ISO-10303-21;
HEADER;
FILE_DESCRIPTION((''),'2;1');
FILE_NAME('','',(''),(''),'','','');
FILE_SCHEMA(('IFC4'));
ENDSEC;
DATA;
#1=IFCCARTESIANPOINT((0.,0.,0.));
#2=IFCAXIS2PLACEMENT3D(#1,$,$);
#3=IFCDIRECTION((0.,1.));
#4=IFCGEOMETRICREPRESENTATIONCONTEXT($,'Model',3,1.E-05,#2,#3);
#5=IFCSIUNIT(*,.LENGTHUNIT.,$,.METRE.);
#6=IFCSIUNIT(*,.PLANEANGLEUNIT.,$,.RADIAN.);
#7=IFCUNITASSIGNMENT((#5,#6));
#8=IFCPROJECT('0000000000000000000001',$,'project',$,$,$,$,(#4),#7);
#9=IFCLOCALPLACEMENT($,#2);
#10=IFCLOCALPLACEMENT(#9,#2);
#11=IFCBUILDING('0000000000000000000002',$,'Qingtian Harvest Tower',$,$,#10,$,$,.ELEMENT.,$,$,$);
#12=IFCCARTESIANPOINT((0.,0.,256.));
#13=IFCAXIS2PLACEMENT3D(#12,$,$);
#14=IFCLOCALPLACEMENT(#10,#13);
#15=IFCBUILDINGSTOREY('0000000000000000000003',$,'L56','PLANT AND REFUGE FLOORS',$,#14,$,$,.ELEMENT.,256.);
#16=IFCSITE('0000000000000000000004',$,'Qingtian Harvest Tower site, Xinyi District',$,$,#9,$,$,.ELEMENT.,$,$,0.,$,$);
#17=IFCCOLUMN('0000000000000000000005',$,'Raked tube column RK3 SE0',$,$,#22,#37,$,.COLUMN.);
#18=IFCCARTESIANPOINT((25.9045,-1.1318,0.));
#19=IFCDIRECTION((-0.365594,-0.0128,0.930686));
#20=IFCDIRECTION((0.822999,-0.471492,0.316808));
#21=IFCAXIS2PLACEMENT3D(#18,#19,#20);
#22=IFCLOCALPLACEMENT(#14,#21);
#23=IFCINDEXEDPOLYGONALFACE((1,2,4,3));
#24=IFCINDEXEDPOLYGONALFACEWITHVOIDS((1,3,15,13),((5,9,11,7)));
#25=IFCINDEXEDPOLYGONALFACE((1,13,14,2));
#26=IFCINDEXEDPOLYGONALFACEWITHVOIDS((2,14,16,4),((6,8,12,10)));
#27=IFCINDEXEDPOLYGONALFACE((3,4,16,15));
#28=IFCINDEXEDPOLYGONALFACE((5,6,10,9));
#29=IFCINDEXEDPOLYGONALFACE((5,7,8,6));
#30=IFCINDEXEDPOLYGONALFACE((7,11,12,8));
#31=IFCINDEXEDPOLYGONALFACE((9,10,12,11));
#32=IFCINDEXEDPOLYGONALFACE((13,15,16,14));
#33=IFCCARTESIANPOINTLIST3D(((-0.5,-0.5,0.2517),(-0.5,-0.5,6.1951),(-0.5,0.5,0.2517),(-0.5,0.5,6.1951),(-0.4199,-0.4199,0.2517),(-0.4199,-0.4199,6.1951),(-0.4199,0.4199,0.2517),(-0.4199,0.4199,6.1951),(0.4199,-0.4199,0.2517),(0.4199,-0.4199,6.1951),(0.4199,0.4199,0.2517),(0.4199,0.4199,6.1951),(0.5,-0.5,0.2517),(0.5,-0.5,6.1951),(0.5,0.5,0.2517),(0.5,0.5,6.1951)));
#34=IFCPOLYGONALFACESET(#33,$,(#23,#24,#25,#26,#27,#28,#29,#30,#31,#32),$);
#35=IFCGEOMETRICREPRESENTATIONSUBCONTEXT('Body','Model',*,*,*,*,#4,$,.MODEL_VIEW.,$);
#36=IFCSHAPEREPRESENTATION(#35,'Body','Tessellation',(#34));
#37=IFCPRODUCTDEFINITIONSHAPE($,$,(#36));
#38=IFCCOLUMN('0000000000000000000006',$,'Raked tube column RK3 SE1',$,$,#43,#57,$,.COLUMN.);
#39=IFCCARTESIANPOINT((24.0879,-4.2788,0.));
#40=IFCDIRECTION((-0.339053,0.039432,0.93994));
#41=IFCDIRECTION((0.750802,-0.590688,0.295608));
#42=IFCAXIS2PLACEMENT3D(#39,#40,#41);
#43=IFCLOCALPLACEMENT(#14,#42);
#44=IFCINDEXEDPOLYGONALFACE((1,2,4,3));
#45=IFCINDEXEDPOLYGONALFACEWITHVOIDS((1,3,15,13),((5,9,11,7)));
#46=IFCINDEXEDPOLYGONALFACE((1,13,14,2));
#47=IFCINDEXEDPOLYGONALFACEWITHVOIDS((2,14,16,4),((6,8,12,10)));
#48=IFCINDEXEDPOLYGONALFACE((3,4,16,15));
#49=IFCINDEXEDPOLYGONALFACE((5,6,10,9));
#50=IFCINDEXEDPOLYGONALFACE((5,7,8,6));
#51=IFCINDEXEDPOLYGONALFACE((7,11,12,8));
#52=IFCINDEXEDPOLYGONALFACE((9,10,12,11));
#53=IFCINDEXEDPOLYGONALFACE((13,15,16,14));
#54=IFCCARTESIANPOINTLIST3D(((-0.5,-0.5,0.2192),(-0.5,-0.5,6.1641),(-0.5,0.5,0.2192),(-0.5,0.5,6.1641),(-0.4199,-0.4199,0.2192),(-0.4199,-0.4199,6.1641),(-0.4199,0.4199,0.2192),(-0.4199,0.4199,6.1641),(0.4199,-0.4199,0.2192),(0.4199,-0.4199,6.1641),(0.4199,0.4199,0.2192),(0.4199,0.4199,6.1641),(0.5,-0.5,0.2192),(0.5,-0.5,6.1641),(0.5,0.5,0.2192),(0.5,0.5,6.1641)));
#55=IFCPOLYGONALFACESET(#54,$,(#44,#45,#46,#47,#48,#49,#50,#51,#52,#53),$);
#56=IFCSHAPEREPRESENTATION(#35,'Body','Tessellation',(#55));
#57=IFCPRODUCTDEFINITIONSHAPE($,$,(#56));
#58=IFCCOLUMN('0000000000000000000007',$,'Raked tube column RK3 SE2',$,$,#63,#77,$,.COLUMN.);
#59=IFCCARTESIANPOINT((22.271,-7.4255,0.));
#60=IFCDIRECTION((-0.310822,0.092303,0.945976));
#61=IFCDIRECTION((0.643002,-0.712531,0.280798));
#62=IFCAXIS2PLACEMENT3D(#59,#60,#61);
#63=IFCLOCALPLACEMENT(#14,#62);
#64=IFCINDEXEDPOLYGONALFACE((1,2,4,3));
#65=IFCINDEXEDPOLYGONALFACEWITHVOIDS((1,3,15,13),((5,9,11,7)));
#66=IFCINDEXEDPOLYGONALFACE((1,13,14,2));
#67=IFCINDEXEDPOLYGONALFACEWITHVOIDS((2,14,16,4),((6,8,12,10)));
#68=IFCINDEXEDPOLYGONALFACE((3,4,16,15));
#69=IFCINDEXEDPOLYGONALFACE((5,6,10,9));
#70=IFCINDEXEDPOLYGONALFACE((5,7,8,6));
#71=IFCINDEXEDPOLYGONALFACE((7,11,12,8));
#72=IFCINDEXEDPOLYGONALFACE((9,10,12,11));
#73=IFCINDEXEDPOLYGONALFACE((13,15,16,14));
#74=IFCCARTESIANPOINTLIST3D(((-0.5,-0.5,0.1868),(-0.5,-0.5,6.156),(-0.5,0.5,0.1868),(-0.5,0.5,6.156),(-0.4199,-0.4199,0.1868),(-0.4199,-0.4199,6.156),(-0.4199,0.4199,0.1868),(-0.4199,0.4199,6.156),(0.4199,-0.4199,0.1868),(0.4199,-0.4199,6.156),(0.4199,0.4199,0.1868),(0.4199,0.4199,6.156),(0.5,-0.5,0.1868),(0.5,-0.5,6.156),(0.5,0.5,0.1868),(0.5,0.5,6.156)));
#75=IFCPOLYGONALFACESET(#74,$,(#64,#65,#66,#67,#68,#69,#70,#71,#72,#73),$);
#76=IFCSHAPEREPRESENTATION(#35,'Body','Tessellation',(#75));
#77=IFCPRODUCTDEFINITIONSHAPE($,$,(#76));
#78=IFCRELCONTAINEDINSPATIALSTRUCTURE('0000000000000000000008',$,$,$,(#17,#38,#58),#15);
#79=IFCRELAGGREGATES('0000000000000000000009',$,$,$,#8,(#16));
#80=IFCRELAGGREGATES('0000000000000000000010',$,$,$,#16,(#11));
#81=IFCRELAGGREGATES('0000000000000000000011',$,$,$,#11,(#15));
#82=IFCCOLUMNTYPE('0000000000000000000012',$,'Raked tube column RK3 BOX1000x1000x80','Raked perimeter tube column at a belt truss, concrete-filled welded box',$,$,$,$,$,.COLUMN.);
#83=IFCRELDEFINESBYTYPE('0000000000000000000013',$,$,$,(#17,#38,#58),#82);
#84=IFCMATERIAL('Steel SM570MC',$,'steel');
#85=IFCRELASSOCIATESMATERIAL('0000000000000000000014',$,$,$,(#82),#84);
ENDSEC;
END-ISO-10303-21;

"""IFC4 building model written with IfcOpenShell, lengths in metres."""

from ifc_helpers import new_model, si_unit, direction, frame, origin, origin_2d, place, context, subcontext, project, spatial, hollow_rectangle, extrude, clip, halfspace, material, material_profile, profile_set, type_object, element, save


model = new_model("IFC4")

# Units and contexts
model_context = context("Model", 3, precision=1e-05, world=origin(), true_north=direction((0.0, 1.0)))
body_context = subcontext(model_context, "Body", "Model", "MODEL_VIEW")
ifc_project = project(units=[si_unit("LENGTHUNIT", "METRE"), si_unit("PLANEANGLEUNIT", "RADIAN")], contexts=[model_context])

# Site, building, storey
site_placement = place(None, origin())
site = spatial("IfcSite", under=ifc_project, at=site_placement, Name="Qingtian Harvest Tower site, Xinyi District", CompositionType="ELEMENT", RefElevation=0.0)
building_placement = place(site_placement, origin())
building = spatial("IfcBuilding", under=site, at=building_placement, Name="Qingtian Harvest Tower", CompositionType="ELEMENT")
storey_placement = place(building_placement, frame((0.0, 0.0, 256.0)))
storey = spatial("IfcBuildingStorey", under=building, at=storey_placement, Name="L56", Description="PLANT AND REFUGE FLOORS", CompositionType="ELEMENT", Elevation=256.0)

# Columns
ifc_material_1 = material(Name="Steel SM570MC", Category="steel")
ifc_material_profile_1 = material_profile(ifc_material_1, hollow_rectangle(XDim=1.0, YDim=1.0, WallThickness=0.0801, at=origin_2d()), Name="BOX1000x1000x80")
ifc_profile_set_1 = profile_set([ifc_material_profile_1], Name="Steel SM570MC")
column_type = type_object("IfcColumnType", Name="Raked tube column RK3 BOX1000x1000x80", Description="Raked perimeter tube column at a belt truss, concrete-filled welded box", PredefinedType="COLUMN", material=ifc_profile_set_1)
column_1_placement = place(storey_placement, frame((25.9045, -1.1318, 0.0), z_axis=(-0.365594, -0.0128, 0.930686), x_axis=(0.822999, -0.471492, 0.316808)))
element("IfcColumn", 1, at=column_1_placement, inside=storey, type_object=column_type, Name="Raked tube column RK3 SE0", PredefinedType="COLUMN", context=body_context, shape_type="Clipping", body=[
    clip(clip(extrude(hollow_rectangle(XDim=1.0, YDim=1.0, WallThickness=0.0801, at=origin_2d()), origin(), (0.0, 0.0, 1.0), 6.4468), halfspace(frame((0.0, 0.0, 0.2517), z_axis=(0.0, 0.0, -1.0), x_axis=(0.0, -1.0, 0.0)), False)), halfspace(frame((0.0, 0.0, 6.1951), z_axis=(0.0, 0.0, 1.0), x_axis=(0.0, 1.0, 0.0)), False)),
])
column_2_placement = place(storey_placement, frame((24.0879, -4.2788, 0.0), z_axis=(-0.339053, 0.039432, 0.93994), x_axis=(0.750802, -0.590688, 0.295608)))
element("IfcColumn", 2, at=column_2_placement, inside=storey, type_object=column_type, Name="Raked tube column RK3 SE1", PredefinedType="COLUMN", context=body_context, shape_type="Clipping", body=[
    clip(clip(extrude(hollow_rectangle(XDim=1.0, YDim=1.0, WallThickness=0.0801, at=origin_2d()), origin(), (0.0, 0.0, 1.0), 6.3833), halfspace(frame((0.0, 0.0, 0.2192), z_axis=(0.0, 0.0, -1.0), x_axis=(0.0, -1.0, 0.0)), False)), halfspace(frame((0.0, 0.0, 6.1641), z_axis=(0.0, 0.0, 1.0), x_axis=(0.0, 1.0, 0.0)), False)),
])
column_3_placement = place(storey_placement, frame((22.271, -7.4255, 0.0), z_axis=(-0.310822, 0.092303, 0.945976), x_axis=(0.643002, -0.712531, 0.280798)))
element("IfcColumn", 3, at=column_3_placement, inside=storey, type_object=column_type, Name="Raked tube column RK3 SE2", PredefinedType="COLUMN", context=body_context, shape_type="Clipping", body=[
    clip(clip(extrude(hollow_rectangle(XDim=1.0, YDim=1.0, WallThickness=0.0801, at=origin_2d()), origin(), (0.0, 0.0, 1.0), 6.3428), halfspace(frame((0.0, 0.0, 0.1868), z_axis=(0.0, 0.0, -1.0), x_axis=(0.0, -1.0, 0.0)), False)), halfspace(frame((0.0, 0.0, 6.156), z_axis=(0.0, 0.0, 1.0), x_axis=(0.0, 1.0, 0.0)), False)),
])

save(model, "model.ifc")
